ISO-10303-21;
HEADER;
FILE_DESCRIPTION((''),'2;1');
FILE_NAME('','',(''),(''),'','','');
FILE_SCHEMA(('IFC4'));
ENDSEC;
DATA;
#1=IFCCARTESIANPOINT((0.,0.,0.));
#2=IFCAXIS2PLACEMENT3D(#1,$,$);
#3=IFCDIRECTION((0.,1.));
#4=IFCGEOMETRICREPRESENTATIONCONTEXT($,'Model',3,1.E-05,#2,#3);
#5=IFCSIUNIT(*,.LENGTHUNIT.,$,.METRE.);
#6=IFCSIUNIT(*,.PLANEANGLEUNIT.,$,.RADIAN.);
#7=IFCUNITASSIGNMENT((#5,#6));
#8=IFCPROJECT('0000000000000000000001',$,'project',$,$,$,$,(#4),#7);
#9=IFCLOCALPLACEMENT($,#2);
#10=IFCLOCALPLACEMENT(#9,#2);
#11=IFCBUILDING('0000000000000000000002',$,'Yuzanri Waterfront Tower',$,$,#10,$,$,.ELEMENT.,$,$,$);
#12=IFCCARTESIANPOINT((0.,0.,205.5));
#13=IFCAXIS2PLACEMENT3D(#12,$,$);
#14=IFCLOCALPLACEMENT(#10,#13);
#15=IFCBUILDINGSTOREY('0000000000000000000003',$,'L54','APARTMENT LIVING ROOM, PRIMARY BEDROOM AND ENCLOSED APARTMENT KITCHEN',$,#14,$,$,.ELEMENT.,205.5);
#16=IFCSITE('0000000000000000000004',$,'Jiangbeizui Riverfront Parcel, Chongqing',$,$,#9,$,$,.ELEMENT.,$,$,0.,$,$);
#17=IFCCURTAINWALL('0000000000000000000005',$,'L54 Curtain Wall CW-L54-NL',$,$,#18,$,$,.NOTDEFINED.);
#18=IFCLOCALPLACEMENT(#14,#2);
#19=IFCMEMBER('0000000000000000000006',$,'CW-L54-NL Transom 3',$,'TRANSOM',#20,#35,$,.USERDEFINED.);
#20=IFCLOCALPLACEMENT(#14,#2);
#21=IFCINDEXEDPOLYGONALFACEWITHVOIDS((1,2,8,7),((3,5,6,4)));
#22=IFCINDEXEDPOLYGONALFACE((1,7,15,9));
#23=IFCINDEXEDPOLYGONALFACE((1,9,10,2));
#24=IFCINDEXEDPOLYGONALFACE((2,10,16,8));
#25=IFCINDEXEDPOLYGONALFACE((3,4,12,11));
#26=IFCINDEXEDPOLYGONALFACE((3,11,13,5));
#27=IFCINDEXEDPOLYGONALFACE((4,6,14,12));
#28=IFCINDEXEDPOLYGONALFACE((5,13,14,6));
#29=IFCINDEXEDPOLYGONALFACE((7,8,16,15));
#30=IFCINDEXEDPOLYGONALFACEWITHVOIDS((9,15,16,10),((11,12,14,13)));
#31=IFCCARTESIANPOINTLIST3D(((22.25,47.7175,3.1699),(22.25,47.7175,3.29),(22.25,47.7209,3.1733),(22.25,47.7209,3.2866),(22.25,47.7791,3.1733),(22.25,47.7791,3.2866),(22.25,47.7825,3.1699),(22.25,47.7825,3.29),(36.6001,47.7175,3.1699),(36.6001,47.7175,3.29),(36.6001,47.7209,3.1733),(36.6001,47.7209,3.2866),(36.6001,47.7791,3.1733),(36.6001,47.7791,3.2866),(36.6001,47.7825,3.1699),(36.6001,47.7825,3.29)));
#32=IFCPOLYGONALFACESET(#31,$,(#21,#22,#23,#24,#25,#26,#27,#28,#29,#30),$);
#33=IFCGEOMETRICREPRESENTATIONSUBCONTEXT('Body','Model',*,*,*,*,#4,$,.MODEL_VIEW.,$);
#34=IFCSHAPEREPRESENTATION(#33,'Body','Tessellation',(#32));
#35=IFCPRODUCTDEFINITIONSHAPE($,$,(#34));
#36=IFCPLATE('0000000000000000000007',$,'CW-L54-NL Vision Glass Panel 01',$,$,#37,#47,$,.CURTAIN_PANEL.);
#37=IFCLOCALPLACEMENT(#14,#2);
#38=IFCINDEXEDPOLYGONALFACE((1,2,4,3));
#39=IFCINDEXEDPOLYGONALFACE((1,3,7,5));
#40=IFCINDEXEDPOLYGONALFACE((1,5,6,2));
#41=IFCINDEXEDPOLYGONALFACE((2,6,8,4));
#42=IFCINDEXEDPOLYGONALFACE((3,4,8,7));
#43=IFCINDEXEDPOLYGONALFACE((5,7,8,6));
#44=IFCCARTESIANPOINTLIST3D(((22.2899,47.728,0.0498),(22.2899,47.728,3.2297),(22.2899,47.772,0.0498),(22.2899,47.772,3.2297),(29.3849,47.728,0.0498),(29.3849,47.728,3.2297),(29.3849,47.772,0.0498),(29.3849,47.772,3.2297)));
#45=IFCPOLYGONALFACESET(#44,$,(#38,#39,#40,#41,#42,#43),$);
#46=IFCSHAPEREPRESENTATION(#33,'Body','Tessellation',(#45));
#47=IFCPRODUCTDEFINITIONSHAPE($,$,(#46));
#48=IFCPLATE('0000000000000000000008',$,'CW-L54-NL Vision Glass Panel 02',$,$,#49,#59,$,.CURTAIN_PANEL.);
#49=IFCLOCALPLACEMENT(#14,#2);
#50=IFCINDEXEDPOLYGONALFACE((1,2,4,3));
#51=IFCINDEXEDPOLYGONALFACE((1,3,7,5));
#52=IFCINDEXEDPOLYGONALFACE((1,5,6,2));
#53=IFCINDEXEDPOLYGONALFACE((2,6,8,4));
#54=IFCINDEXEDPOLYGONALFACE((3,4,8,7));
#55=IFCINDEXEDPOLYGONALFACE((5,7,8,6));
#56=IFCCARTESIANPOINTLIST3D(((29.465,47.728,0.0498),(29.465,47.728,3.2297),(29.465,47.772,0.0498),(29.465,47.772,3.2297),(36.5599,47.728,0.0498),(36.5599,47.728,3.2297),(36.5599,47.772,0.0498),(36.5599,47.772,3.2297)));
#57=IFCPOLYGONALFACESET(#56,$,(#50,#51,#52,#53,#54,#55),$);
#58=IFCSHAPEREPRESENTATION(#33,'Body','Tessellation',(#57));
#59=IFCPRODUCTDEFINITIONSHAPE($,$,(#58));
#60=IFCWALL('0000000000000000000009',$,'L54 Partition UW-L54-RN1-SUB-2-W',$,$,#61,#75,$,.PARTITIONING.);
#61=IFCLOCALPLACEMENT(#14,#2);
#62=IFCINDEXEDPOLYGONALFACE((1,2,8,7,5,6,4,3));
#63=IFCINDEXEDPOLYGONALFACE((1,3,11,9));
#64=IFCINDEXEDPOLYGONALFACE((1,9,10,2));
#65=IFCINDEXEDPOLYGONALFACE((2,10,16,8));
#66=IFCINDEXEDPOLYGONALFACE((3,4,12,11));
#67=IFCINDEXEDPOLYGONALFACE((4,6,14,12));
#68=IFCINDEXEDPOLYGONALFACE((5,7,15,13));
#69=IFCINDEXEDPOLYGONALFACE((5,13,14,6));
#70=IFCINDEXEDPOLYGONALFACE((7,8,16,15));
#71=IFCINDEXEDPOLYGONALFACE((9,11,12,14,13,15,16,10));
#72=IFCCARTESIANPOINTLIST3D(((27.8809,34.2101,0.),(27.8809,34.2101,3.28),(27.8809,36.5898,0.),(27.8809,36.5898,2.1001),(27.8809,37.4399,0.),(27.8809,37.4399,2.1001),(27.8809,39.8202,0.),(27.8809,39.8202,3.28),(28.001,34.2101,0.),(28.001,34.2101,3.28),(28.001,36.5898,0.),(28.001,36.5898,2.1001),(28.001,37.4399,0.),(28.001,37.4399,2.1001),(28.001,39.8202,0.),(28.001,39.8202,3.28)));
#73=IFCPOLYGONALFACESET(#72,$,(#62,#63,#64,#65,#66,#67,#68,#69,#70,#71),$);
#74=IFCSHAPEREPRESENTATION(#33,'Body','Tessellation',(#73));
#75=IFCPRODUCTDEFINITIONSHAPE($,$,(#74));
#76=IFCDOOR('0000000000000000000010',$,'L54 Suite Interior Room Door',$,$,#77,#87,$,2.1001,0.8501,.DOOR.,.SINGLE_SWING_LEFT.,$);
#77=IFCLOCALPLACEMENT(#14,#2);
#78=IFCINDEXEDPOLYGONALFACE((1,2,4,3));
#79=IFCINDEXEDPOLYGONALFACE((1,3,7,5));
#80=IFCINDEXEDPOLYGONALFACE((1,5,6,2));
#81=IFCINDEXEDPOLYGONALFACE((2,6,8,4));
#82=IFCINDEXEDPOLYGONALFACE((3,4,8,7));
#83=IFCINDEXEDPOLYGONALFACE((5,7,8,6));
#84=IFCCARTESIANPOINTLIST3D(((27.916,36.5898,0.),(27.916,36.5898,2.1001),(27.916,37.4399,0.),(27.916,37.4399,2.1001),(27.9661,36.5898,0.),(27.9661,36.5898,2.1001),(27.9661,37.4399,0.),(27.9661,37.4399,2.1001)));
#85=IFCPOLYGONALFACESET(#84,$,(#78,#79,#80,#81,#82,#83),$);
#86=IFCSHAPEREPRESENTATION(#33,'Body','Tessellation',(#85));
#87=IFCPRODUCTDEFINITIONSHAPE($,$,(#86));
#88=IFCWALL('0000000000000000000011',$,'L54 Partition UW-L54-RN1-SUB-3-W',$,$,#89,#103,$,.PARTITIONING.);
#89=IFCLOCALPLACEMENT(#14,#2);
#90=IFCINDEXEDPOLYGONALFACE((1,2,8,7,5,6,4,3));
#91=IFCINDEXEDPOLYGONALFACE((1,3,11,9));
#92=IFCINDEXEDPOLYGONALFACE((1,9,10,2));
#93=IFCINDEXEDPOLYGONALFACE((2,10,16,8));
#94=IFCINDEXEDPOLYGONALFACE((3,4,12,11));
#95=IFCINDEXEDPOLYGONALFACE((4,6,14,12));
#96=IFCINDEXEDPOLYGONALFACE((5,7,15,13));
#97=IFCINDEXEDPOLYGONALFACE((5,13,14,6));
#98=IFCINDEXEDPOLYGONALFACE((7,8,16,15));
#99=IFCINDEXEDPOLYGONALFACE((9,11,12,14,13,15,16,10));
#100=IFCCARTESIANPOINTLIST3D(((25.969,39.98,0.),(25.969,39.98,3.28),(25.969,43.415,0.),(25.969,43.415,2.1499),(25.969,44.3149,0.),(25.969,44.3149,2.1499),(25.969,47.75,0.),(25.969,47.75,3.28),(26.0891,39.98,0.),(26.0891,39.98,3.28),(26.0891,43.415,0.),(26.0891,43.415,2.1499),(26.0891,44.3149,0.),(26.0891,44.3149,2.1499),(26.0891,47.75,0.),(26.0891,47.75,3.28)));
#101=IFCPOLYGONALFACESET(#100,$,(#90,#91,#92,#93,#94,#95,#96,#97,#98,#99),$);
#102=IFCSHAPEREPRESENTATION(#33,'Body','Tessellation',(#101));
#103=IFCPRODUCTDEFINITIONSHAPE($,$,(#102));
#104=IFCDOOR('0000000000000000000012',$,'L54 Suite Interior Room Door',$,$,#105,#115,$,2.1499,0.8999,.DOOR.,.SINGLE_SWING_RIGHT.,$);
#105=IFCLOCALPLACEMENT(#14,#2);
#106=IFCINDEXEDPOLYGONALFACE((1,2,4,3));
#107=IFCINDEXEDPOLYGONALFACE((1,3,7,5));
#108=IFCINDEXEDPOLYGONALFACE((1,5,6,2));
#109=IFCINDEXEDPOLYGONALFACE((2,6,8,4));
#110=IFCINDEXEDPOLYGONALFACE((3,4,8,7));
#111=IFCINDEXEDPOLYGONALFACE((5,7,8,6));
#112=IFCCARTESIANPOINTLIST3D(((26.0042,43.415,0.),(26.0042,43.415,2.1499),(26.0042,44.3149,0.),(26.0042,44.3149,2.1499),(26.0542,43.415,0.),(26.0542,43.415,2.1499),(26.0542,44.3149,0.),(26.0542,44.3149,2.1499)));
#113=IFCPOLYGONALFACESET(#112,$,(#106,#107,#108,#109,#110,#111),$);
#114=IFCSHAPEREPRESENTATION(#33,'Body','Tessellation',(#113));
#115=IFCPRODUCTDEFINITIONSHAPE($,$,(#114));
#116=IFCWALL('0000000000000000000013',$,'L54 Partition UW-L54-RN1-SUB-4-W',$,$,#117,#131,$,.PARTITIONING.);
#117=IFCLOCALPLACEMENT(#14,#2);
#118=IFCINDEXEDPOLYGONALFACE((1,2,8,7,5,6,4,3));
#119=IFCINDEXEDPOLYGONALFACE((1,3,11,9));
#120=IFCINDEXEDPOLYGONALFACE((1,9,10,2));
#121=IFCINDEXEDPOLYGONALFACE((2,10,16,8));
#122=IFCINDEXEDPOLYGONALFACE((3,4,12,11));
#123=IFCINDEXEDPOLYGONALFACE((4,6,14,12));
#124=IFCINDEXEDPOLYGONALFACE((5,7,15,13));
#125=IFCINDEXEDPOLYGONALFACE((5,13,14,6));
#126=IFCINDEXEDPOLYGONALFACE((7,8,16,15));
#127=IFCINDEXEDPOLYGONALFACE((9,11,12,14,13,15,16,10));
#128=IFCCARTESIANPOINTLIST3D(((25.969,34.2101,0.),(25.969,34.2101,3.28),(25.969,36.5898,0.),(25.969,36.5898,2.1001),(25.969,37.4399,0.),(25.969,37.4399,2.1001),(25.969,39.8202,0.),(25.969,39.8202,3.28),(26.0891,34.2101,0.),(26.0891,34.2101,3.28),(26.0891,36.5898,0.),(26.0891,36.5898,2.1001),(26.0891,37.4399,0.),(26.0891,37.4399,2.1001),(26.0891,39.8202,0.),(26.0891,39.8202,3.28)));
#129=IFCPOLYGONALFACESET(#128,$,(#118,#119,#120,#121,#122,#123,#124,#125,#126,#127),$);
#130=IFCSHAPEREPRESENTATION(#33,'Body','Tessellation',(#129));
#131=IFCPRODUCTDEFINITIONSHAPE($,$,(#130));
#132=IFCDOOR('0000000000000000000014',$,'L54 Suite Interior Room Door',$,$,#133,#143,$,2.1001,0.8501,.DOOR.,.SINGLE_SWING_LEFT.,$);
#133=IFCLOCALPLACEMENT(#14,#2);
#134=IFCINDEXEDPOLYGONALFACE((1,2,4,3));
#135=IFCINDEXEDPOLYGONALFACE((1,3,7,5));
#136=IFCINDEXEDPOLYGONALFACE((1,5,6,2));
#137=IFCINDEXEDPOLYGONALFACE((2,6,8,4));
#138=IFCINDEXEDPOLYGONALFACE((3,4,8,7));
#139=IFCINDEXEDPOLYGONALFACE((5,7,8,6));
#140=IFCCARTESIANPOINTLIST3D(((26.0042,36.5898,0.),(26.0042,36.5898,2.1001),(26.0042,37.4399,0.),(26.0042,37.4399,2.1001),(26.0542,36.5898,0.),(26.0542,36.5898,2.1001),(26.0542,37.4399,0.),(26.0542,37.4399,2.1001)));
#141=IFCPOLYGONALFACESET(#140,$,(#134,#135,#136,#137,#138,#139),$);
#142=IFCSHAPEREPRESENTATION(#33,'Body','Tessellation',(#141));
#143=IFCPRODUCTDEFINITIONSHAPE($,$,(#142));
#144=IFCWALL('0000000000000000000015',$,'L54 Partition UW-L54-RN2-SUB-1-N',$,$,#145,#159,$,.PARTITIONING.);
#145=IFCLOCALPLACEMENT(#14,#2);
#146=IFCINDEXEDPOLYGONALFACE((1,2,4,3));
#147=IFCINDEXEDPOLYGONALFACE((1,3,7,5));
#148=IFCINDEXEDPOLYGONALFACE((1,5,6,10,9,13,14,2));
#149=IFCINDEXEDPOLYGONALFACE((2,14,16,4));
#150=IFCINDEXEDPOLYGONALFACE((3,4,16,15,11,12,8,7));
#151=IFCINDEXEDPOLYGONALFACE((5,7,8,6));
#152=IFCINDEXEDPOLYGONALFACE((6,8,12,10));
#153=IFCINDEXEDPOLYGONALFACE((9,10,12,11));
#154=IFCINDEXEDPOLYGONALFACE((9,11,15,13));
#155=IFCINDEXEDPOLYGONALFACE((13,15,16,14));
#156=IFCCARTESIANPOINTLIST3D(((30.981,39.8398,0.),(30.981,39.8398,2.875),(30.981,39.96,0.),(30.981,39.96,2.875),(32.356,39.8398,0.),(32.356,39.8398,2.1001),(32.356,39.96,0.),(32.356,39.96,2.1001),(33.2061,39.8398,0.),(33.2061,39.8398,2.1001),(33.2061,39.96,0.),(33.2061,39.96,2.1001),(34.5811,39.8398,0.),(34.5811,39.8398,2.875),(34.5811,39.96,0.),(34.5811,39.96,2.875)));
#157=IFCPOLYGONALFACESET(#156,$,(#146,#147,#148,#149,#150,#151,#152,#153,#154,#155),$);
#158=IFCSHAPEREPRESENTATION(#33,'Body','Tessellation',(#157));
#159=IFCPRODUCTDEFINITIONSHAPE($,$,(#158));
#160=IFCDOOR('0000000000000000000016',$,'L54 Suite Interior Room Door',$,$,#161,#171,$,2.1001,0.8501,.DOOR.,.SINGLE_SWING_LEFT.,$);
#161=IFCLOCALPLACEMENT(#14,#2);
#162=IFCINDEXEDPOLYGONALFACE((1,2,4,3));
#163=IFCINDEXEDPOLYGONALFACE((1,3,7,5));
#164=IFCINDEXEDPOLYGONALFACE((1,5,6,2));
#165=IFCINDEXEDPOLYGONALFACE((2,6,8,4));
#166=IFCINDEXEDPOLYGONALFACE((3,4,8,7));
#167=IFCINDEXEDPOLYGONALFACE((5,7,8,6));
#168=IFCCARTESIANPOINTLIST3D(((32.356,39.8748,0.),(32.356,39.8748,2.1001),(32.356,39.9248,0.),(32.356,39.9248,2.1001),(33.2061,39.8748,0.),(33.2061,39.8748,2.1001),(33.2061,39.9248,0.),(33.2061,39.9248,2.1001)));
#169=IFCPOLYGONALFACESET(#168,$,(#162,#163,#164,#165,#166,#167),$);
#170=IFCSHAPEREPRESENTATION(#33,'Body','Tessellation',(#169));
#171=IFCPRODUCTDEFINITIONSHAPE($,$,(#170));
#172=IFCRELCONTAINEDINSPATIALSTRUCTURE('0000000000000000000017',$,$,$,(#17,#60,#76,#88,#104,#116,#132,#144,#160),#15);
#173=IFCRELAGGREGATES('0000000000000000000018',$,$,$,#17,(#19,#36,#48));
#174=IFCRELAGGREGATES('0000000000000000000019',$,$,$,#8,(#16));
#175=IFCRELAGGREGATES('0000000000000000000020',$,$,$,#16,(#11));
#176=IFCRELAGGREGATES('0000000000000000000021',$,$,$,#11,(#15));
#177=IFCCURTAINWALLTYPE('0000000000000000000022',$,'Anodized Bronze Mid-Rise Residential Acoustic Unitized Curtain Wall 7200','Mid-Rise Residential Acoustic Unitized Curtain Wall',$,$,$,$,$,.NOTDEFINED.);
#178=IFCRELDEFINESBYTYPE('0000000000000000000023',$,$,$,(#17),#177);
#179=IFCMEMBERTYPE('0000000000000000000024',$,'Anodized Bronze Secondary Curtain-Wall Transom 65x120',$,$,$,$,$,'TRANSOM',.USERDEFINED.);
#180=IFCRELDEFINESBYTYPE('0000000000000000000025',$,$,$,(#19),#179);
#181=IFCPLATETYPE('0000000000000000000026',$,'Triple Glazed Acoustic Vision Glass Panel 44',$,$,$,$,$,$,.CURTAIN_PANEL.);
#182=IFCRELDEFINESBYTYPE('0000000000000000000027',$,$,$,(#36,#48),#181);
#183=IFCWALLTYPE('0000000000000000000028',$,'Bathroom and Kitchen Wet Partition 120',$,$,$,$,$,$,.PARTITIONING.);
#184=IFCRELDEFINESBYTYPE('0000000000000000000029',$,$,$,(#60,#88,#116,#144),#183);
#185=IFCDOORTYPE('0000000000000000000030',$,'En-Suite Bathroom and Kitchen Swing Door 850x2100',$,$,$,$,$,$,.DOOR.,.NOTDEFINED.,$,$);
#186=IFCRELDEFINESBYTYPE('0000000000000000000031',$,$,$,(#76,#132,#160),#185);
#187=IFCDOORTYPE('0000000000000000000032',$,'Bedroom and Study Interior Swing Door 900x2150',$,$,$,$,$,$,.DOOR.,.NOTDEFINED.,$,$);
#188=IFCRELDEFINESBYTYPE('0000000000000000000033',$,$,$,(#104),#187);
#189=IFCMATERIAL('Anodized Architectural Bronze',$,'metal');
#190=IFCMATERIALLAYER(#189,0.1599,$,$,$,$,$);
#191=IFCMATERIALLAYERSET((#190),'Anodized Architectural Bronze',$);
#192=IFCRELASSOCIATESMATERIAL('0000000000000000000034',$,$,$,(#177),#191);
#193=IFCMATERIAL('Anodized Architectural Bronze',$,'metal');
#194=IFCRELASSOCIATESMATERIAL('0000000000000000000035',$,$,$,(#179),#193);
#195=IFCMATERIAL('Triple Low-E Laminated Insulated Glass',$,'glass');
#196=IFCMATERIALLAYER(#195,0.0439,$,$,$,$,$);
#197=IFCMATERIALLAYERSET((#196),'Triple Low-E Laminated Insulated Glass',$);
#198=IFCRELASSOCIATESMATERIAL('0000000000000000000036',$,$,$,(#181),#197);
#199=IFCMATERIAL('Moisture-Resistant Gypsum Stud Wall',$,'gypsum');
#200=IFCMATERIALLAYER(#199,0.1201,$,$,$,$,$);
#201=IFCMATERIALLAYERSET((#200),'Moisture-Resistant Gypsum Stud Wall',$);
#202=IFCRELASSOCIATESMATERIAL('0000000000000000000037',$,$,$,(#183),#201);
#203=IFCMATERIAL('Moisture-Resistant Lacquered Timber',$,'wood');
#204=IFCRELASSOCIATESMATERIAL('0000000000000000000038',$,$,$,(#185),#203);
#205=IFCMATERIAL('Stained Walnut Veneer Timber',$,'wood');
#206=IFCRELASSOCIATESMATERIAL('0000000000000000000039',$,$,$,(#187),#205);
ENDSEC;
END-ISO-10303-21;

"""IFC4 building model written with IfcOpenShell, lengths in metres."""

from ifc_helpers import new_model, si_unit, direction, frame, frame_2d, origin, origin_2d, place, context, subcontext, project, spatial, rectangle, hollow_rectangle, extrude, source, transform, mapped, material, layer, layer_set, material_profile, profile_set, type_object, element, fill, aggregate, save


model = new_model("IFC4")

# Units and contexts
model_context = context("Model", 3, precision=1e-05, world=origin(), true_north=direction((0.0, 1.0)))
body_context = subcontext(model_context, "Body", "Model", "MODEL_VIEW")
ifc_project = project(units=[si_unit("LENGTHUNIT", "METRE"), si_unit("PLANEANGLEUNIT", "RADIAN")], contexts=[model_context])

# Site, building, storey
site_placement = place(None, origin())
site = spatial("IfcSite", under=ifc_project, at=site_placement, Name="Jiangbeizui Riverfront Parcel, Chongqing", CompositionType="ELEMENT", RefElevation=0.0)
building_placement = place(site_placement, origin())
building = spatial("IfcBuilding", under=site, at=building_placement, Name="Yuzanri Waterfront Tower", CompositionType="ELEMENT")
storey_placement = place(building_placement, frame((0.0, 0.0, 205.5)))
storey = spatial("IfcBuildingStorey", under=building, at=storey_placement, Name="L54", Description="APARTMENT LIVING ROOM, PRIMARY BEDROOM AND ENCLOSED APARTMENT KITCHEN", CompositionType="ELEMENT", Elevation=205.5)

# Curtain wall, member, plates
ifc_material_1 = material(Name="Anodized Architectural Bronze", Category="metal")
ifc_layer_1 = layer(ifc_material_1, 0.1599)
ifc_layer_set_1 = layer_set([ifc_layer_1], Name="Anodized Architectural Bronze")
curtain_wall_type = type_object("IfcCurtainWallType", Name="Anodized Bronze Mid-Rise Residential Acoustic Unitized Curtain Wall 7200", Description="Mid-Rise Residential Acoustic Unitized Curtain Wall", PredefinedType="NOTDEFINED", material=ifc_layer_set_1)
curtain_wall_placement = place(storey_placement, origin())
curtain_wall = element("IfcCurtainWall", 1, at=curtain_wall_placement, inside=storey, type_object=curtain_wall_type, Name="L54 Curtain Wall CW-L54-NL", PredefinedType="NOTDEFINED")
ifc_material_2 = material(Name="Anodized Architectural Bronze", Category="metal")
ifc_material_profile_1 = material_profile(ifc_material_2, hollow_rectangle(XDim=0.0649, YDim=0.1201, WallThickness=0.0034, at=origin_2d()), Name="CWT 65x120")
ifc_profile_set_1 = profile_set([ifc_material_profile_1], Name="Anodized Architectural Bronze")
member_type_1 = type_object("IfcMemberType", Name="Anodized Bronze Secondary Curtain-Wall Transom 65x120", ElementType="TRANSOM", PredefinedType="USERDEFINED", material=ifc_profile_set_1)
shared_shape_1 = source(origin(), body_context, "Body", "SweptSolid", [
    extrude(hollow_rectangle(XDim=0.0649, YDim=0.1201, WallThickness=0.0034, at=origin_2d()), origin(), (0.0, 0.0, 1.0), 14.3501),
])
member_1_placement = place(storey_placement, frame((22.25, 47.75, 3.23), z_axis=(1.0, 0.0, 0.0), x_axis=(0.0, 1.0, 0.0)))
member_1 = element("IfcMember", 2, at=member_1_placement, type_object=member_type_1, Name="CW-L54-NL Transom 3", ObjectType="TRANSOM", PredefinedType="USERDEFINED", context=body_context, shape_type="MappedRepresentation", body=[
    mapped(shared_shape_1, transform((0.0, 0.0, 0.0), scale=1.0)),
])
ifc_material_3 = material(Name="Triple Low-E Laminated Insulated Glass", Category="glass")
ifc_layer_2 = layer(ifc_material_3, 0.0439)
ifc_layer_set_2 = layer_set([ifc_layer_2], Name="Triple Low-E Laminated Insulated Glass")
plate_type = type_object("IfcPlateType", Name="Triple Glazed Acoustic Vision Glass Panel 44", PredefinedType="CURTAIN_PANEL", material=ifc_layer_set_2)
shared_shape_2 = source(origin(), body_context, "Body", "SweptSolid", [
    extrude(rectangle(XDim=7.095, YDim=0.0439, at=origin_2d()), origin(), (0.0, 0.0, 1.0), 3.1799),
])
plate_1_placement = place(storey_placement, frame((25.8374, 47.75, 0.0498), z_axis=(0.0, 0.0, 1.0), x_axis=(1.0, 0.0, 0.0)))
plate_1 = element("IfcPlate", 3, at=plate_1_placement, type_object=plate_type, Name="CW-L54-NL Vision Glass Panel 01", PredefinedType="CURTAIN_PANEL", context=body_context, shape_type="MappedRepresentation", body=[
    mapped(shared_shape_2, transform((0.0, 0.0, 0.0), scale=1.0)),
])
plate_2_placement = place(storey_placement, frame((33.0125, 47.75, 0.0498), z_axis=(0.0, 0.0, 1.0), x_axis=(1.0, 0.0, 0.0)))
plate_2 = element("IfcPlate", 4, at=plate_2_placement, type_object=plate_type, Name="CW-L54-NL Vision Glass Panel 02", PredefinedType="CURTAIN_PANEL", context=body_context, shape_type="MappedRepresentation", body=[
    mapped(shared_shape_2, transform((0.0, 0.0, 0.0), scale=1.0)),
])
aggregate(curtain_wall, [member_1, plate_1, plate_2])

# Walls, openings, doors
ifc_material_4 = material(Name="Moisture-Resistant Gypsum Stud Wall", Category="gypsum")
ifc_layer_3 = layer(ifc_material_4, 0.1201)
ifc_layer_set_3 = layer_set([ifc_layer_3], Name="Moisture-Resistant Gypsum Stud Wall")
wall_type_1 = type_object("IfcWallType", Name="Bathroom and Kitchen Wet Partition 120", PredefinedType="PARTITIONING", material=ifc_layer_set_3)
wall_1_placement = place(storey_placement, frame((27.9409, 34.21, 0.0), z_axis=(0.0, 0.0, 1.0), x_axis=(0.0, 1.0, 0.0)))
wall_1 = element("IfcWall", 5, at=wall_1_placement, inside=storey, type_object=wall_type_1, Name="L54 Partition UW-L54-RN1-SUB-2-W", PredefinedType="PARTITIONING", context=body_context, shape_type="SweptSolid", body=[
    extrude(rectangle(XDim=5.6101, YDim=0.1201, at=frame_2d((2.8052, 0.0))), origin(), (0.0, 0.0, 1.0), 3.28),
])
opening_1_placement = place(wall_1_placement, frame((2.3799, 0.0, 0.0)))
opening_1 = element("IfcOpeningElement", 6, at=opening_1_placement, cuts=wall_1, PredefinedType="OPENING", context=body_context, shape_type="SweptSolid", body=[
    extrude(rectangle(XDim=0.8501, YDim=2.1001, at=frame_2d((0.425, 1.05))), frame((0.0, 0.075, 0.0), z_axis=(0.0, -1.0, 0.0), x_axis=(1.0, 0.0, 0.0)), (0.0, 0.0, 1.0), 0.1499),
])
ifc_material_5 = material(Name="Moisture-Resistant Lacquered Timber", Category="wood")
door_type_1 = type_object("IfcDoorType", Name="En-Suite Bathroom and Kitchen Swing Door 850x2100", OperationType="NOTDEFINED", PredefinedType="DOOR", material=ifc_material_5)
shared_shape_3 = source(origin(), body_context, "Body", "SweptSolid", [
    extrude(rectangle(XDim=0.8501, YDim=2.1001, at=frame_2d((0.425, 1.05))), frame((0.0, 0.0249, 0.0), z_axis=(0.0, -1.0, 0.0), x_axis=(1.0, 0.0, 0.0)), (0.0, 0.0, 1.0), 0.05),
])
door_1_placement = place(opening_1_placement, origin())
door_1 = element("IfcDoor", 7, at=door_1_placement, inside=storey, type_object=door_type_1, Name="L54 Suite Interior Room Door", OperationType="SINGLE_SWING_LEFT", OverallHeight=2.1001, OverallWidth=0.8501, PredefinedType="DOOR", context=body_context, shape_type="MappedRepresentation", body=[
    mapped(shared_shape_3, transform((0.0, 0.0, 0.0), scale=1.0)),
])
fill(opening_1, door_1)
wall_2_placement = place(storey_placement, frame((26.0291, 39.98, 0.0), z_axis=(0.0, 0.0, 1.0), x_axis=(0.0, 1.0, 0.0)))
wall_2 = element("IfcWall", 8, at=wall_2_placement, inside=storey, type_object=wall_type_1, Name="L54 Partition UW-L54-RN1-SUB-3-W", PredefinedType="PARTITIONING", context=body_context, shape_type="SweptSolid", body=[
    extrude(rectangle(XDim=7.77, YDim=0.1201, at=frame_2d((3.885, 0.0))), origin(), (0.0, 0.0, 1.0), 3.28),
])
opening_2_placement = place(wall_2_placement, frame((3.4351, 0.0, 0.0)))
opening_2 = element("IfcOpeningElement", 9, at=opening_2_placement, cuts=wall_2, PredefinedType="OPENING", context=body_context, shape_type="SweptSolid", body=[
    extrude(rectangle(XDim=0.8999, YDim=2.1499, at=frame_2d((0.45, 1.075))), frame((0.0, 0.075, 0.0), z_axis=(0.0, -1.0, 0.0), x_axis=(1.0, 0.0, 0.0)), (0.0, 0.0, 1.0), 0.1499),
])
ifc_material_6 = material(Name="Stained Walnut Veneer Timber", Category="wood")
door_type_2 = type_object("IfcDoorType", Name="Bedroom and Study Interior Swing Door 900x2150", OperationType="NOTDEFINED", PredefinedType="DOOR", material=ifc_material_6)
shared_shape_4 = source(origin(), body_context, "Body", "SweptSolid", [
    extrude(rectangle(XDim=0.8999, YDim=2.1499, at=frame_2d((0.45, 1.075))), frame((0.0, 0.0249, 0.0), z_axis=(0.0, -1.0, 0.0), x_axis=(1.0, 0.0, 0.0)), (0.0, 0.0, 1.0), 0.05),
])
door_2_placement = place(opening_2_placement, origin())
door_2 = element("IfcDoor", 10, at=door_2_placement, inside=storey, type_object=door_type_2, Name="L54 Suite Interior Room Door", OperationType="SINGLE_SWING_RIGHT", OverallHeight=2.1499, OverallWidth=0.8999, PredefinedType="DOOR", context=body_context, shape_type="MappedRepresentation", body=[
    mapped(shared_shape_4, transform((0.0, 0.0, 0.0), scale=1.0)),
])
fill(opening_2, door_2)
wall_3_placement = place(storey_placement, frame((26.0291, 34.21, 0.0), z_axis=(0.0, 0.0, 1.0), x_axis=(0.0, 1.0, 0.0)))
wall_3 = element("IfcWall", 11, at=wall_3_placement, inside=storey, type_object=wall_type_1, Name="L54 Partition UW-L54-RN1-SUB-4-W", PredefinedType="PARTITIONING", context=body_context, shape_type="SweptSolid", body=[
    extrude(rectangle(XDim=5.6101, YDim=0.1201, at=frame_2d((2.8052, 0.0))), origin(), (0.0, 0.0, 1.0), 3.28),
])
opening_3_placement = place(wall_3_placement, frame((2.3799, 0.0, 0.0)))
opening_3 = element("IfcOpeningElement", 12, at=opening_3_placement, cuts=wall_3, PredefinedType="OPENING", context=body_context, shape_type="SweptSolid", body=[
    extrude(rectangle(XDim=0.8501, YDim=2.1001, at=frame_2d((0.425, 1.05))), frame((0.0, 0.075, 0.0), z_axis=(0.0, -1.0, 0.0), x_axis=(1.0, 0.0, 0.0)), (0.0, 0.0, 1.0), 0.1499),
])
door_3_placement = place(opening_3_placement, origin())
door_3 = element("IfcDoor", 13, at=door_3_placement, inside=storey, type_object=door_type_1, Name="L54 Suite Interior Room Door", OperationType="SINGLE_SWING_LEFT", OverallHeight=2.1001, OverallWidth=0.8501, PredefinedType="DOOR", context=body_context, shape_type="MappedRepresentation", body=[
    mapped(shared_shape_3, transform((0.0, 0.0, 0.0), scale=1.0)),
])
fill(opening_3, door_3)
wall_4_placement = place(storey_placement, frame((30.981, 39.8999, 0.0), z_axis=(0.0, 0.0, 1.0), x_axis=(1.0, 0.0, 0.0)))
wall_4 = element("IfcWall", 14, at=wall_4_placement, inside=storey, type_object=wall_type_1, Name="L54 Partition UW-L54-RN2-SUB-1-N", PredefinedType="PARTITIONING", context=body_context, shape_type="SweptSolid", body=[
    extrude(rectangle(XDim=3.6001, YDim=0.1201, at=frame_2d((1.8, 0.0))), origin(), (0.0, 0.0, 1.0), 2.875),
])
opening_4_placement = place(wall_4_placement, frame((1.375, 0.0, 0.0)))
opening_4 = element("IfcOpeningElement", 15, at=opening_4_placement, cuts=wall_4, PredefinedType="OPENING", context=body_context, shape_type="SweptSolid", body=[
    extrude(rectangle(XDim=0.8501, YDim=2.1001, at=frame_2d((0.425, 1.05))), frame((0.0, 0.075, 0.0), z_axis=(0.0, -1.0, 0.0), x_axis=(1.0, 0.0, 0.0)), (0.0, 0.0, 1.0), 0.1499),
])
door_4_placement = place(opening_4_placement, origin())
door_4 = element("IfcDoor", 16, at=door_4_placement, inside=storey, type_object=door_type_1, Name="L54 Suite Interior Room Door", OperationType="SINGLE_SWING_LEFT", OverallHeight=2.1001, OverallWidth=0.8501, PredefinedType="DOOR", context=body_context, shape_type="MappedRepresentation", body=[
    mapped(shared_shape_3, transform((0.0, 0.0, 0.0), scale=1.0)),
])
fill(opening_4, door_4)

save(model, "model.ifc")
